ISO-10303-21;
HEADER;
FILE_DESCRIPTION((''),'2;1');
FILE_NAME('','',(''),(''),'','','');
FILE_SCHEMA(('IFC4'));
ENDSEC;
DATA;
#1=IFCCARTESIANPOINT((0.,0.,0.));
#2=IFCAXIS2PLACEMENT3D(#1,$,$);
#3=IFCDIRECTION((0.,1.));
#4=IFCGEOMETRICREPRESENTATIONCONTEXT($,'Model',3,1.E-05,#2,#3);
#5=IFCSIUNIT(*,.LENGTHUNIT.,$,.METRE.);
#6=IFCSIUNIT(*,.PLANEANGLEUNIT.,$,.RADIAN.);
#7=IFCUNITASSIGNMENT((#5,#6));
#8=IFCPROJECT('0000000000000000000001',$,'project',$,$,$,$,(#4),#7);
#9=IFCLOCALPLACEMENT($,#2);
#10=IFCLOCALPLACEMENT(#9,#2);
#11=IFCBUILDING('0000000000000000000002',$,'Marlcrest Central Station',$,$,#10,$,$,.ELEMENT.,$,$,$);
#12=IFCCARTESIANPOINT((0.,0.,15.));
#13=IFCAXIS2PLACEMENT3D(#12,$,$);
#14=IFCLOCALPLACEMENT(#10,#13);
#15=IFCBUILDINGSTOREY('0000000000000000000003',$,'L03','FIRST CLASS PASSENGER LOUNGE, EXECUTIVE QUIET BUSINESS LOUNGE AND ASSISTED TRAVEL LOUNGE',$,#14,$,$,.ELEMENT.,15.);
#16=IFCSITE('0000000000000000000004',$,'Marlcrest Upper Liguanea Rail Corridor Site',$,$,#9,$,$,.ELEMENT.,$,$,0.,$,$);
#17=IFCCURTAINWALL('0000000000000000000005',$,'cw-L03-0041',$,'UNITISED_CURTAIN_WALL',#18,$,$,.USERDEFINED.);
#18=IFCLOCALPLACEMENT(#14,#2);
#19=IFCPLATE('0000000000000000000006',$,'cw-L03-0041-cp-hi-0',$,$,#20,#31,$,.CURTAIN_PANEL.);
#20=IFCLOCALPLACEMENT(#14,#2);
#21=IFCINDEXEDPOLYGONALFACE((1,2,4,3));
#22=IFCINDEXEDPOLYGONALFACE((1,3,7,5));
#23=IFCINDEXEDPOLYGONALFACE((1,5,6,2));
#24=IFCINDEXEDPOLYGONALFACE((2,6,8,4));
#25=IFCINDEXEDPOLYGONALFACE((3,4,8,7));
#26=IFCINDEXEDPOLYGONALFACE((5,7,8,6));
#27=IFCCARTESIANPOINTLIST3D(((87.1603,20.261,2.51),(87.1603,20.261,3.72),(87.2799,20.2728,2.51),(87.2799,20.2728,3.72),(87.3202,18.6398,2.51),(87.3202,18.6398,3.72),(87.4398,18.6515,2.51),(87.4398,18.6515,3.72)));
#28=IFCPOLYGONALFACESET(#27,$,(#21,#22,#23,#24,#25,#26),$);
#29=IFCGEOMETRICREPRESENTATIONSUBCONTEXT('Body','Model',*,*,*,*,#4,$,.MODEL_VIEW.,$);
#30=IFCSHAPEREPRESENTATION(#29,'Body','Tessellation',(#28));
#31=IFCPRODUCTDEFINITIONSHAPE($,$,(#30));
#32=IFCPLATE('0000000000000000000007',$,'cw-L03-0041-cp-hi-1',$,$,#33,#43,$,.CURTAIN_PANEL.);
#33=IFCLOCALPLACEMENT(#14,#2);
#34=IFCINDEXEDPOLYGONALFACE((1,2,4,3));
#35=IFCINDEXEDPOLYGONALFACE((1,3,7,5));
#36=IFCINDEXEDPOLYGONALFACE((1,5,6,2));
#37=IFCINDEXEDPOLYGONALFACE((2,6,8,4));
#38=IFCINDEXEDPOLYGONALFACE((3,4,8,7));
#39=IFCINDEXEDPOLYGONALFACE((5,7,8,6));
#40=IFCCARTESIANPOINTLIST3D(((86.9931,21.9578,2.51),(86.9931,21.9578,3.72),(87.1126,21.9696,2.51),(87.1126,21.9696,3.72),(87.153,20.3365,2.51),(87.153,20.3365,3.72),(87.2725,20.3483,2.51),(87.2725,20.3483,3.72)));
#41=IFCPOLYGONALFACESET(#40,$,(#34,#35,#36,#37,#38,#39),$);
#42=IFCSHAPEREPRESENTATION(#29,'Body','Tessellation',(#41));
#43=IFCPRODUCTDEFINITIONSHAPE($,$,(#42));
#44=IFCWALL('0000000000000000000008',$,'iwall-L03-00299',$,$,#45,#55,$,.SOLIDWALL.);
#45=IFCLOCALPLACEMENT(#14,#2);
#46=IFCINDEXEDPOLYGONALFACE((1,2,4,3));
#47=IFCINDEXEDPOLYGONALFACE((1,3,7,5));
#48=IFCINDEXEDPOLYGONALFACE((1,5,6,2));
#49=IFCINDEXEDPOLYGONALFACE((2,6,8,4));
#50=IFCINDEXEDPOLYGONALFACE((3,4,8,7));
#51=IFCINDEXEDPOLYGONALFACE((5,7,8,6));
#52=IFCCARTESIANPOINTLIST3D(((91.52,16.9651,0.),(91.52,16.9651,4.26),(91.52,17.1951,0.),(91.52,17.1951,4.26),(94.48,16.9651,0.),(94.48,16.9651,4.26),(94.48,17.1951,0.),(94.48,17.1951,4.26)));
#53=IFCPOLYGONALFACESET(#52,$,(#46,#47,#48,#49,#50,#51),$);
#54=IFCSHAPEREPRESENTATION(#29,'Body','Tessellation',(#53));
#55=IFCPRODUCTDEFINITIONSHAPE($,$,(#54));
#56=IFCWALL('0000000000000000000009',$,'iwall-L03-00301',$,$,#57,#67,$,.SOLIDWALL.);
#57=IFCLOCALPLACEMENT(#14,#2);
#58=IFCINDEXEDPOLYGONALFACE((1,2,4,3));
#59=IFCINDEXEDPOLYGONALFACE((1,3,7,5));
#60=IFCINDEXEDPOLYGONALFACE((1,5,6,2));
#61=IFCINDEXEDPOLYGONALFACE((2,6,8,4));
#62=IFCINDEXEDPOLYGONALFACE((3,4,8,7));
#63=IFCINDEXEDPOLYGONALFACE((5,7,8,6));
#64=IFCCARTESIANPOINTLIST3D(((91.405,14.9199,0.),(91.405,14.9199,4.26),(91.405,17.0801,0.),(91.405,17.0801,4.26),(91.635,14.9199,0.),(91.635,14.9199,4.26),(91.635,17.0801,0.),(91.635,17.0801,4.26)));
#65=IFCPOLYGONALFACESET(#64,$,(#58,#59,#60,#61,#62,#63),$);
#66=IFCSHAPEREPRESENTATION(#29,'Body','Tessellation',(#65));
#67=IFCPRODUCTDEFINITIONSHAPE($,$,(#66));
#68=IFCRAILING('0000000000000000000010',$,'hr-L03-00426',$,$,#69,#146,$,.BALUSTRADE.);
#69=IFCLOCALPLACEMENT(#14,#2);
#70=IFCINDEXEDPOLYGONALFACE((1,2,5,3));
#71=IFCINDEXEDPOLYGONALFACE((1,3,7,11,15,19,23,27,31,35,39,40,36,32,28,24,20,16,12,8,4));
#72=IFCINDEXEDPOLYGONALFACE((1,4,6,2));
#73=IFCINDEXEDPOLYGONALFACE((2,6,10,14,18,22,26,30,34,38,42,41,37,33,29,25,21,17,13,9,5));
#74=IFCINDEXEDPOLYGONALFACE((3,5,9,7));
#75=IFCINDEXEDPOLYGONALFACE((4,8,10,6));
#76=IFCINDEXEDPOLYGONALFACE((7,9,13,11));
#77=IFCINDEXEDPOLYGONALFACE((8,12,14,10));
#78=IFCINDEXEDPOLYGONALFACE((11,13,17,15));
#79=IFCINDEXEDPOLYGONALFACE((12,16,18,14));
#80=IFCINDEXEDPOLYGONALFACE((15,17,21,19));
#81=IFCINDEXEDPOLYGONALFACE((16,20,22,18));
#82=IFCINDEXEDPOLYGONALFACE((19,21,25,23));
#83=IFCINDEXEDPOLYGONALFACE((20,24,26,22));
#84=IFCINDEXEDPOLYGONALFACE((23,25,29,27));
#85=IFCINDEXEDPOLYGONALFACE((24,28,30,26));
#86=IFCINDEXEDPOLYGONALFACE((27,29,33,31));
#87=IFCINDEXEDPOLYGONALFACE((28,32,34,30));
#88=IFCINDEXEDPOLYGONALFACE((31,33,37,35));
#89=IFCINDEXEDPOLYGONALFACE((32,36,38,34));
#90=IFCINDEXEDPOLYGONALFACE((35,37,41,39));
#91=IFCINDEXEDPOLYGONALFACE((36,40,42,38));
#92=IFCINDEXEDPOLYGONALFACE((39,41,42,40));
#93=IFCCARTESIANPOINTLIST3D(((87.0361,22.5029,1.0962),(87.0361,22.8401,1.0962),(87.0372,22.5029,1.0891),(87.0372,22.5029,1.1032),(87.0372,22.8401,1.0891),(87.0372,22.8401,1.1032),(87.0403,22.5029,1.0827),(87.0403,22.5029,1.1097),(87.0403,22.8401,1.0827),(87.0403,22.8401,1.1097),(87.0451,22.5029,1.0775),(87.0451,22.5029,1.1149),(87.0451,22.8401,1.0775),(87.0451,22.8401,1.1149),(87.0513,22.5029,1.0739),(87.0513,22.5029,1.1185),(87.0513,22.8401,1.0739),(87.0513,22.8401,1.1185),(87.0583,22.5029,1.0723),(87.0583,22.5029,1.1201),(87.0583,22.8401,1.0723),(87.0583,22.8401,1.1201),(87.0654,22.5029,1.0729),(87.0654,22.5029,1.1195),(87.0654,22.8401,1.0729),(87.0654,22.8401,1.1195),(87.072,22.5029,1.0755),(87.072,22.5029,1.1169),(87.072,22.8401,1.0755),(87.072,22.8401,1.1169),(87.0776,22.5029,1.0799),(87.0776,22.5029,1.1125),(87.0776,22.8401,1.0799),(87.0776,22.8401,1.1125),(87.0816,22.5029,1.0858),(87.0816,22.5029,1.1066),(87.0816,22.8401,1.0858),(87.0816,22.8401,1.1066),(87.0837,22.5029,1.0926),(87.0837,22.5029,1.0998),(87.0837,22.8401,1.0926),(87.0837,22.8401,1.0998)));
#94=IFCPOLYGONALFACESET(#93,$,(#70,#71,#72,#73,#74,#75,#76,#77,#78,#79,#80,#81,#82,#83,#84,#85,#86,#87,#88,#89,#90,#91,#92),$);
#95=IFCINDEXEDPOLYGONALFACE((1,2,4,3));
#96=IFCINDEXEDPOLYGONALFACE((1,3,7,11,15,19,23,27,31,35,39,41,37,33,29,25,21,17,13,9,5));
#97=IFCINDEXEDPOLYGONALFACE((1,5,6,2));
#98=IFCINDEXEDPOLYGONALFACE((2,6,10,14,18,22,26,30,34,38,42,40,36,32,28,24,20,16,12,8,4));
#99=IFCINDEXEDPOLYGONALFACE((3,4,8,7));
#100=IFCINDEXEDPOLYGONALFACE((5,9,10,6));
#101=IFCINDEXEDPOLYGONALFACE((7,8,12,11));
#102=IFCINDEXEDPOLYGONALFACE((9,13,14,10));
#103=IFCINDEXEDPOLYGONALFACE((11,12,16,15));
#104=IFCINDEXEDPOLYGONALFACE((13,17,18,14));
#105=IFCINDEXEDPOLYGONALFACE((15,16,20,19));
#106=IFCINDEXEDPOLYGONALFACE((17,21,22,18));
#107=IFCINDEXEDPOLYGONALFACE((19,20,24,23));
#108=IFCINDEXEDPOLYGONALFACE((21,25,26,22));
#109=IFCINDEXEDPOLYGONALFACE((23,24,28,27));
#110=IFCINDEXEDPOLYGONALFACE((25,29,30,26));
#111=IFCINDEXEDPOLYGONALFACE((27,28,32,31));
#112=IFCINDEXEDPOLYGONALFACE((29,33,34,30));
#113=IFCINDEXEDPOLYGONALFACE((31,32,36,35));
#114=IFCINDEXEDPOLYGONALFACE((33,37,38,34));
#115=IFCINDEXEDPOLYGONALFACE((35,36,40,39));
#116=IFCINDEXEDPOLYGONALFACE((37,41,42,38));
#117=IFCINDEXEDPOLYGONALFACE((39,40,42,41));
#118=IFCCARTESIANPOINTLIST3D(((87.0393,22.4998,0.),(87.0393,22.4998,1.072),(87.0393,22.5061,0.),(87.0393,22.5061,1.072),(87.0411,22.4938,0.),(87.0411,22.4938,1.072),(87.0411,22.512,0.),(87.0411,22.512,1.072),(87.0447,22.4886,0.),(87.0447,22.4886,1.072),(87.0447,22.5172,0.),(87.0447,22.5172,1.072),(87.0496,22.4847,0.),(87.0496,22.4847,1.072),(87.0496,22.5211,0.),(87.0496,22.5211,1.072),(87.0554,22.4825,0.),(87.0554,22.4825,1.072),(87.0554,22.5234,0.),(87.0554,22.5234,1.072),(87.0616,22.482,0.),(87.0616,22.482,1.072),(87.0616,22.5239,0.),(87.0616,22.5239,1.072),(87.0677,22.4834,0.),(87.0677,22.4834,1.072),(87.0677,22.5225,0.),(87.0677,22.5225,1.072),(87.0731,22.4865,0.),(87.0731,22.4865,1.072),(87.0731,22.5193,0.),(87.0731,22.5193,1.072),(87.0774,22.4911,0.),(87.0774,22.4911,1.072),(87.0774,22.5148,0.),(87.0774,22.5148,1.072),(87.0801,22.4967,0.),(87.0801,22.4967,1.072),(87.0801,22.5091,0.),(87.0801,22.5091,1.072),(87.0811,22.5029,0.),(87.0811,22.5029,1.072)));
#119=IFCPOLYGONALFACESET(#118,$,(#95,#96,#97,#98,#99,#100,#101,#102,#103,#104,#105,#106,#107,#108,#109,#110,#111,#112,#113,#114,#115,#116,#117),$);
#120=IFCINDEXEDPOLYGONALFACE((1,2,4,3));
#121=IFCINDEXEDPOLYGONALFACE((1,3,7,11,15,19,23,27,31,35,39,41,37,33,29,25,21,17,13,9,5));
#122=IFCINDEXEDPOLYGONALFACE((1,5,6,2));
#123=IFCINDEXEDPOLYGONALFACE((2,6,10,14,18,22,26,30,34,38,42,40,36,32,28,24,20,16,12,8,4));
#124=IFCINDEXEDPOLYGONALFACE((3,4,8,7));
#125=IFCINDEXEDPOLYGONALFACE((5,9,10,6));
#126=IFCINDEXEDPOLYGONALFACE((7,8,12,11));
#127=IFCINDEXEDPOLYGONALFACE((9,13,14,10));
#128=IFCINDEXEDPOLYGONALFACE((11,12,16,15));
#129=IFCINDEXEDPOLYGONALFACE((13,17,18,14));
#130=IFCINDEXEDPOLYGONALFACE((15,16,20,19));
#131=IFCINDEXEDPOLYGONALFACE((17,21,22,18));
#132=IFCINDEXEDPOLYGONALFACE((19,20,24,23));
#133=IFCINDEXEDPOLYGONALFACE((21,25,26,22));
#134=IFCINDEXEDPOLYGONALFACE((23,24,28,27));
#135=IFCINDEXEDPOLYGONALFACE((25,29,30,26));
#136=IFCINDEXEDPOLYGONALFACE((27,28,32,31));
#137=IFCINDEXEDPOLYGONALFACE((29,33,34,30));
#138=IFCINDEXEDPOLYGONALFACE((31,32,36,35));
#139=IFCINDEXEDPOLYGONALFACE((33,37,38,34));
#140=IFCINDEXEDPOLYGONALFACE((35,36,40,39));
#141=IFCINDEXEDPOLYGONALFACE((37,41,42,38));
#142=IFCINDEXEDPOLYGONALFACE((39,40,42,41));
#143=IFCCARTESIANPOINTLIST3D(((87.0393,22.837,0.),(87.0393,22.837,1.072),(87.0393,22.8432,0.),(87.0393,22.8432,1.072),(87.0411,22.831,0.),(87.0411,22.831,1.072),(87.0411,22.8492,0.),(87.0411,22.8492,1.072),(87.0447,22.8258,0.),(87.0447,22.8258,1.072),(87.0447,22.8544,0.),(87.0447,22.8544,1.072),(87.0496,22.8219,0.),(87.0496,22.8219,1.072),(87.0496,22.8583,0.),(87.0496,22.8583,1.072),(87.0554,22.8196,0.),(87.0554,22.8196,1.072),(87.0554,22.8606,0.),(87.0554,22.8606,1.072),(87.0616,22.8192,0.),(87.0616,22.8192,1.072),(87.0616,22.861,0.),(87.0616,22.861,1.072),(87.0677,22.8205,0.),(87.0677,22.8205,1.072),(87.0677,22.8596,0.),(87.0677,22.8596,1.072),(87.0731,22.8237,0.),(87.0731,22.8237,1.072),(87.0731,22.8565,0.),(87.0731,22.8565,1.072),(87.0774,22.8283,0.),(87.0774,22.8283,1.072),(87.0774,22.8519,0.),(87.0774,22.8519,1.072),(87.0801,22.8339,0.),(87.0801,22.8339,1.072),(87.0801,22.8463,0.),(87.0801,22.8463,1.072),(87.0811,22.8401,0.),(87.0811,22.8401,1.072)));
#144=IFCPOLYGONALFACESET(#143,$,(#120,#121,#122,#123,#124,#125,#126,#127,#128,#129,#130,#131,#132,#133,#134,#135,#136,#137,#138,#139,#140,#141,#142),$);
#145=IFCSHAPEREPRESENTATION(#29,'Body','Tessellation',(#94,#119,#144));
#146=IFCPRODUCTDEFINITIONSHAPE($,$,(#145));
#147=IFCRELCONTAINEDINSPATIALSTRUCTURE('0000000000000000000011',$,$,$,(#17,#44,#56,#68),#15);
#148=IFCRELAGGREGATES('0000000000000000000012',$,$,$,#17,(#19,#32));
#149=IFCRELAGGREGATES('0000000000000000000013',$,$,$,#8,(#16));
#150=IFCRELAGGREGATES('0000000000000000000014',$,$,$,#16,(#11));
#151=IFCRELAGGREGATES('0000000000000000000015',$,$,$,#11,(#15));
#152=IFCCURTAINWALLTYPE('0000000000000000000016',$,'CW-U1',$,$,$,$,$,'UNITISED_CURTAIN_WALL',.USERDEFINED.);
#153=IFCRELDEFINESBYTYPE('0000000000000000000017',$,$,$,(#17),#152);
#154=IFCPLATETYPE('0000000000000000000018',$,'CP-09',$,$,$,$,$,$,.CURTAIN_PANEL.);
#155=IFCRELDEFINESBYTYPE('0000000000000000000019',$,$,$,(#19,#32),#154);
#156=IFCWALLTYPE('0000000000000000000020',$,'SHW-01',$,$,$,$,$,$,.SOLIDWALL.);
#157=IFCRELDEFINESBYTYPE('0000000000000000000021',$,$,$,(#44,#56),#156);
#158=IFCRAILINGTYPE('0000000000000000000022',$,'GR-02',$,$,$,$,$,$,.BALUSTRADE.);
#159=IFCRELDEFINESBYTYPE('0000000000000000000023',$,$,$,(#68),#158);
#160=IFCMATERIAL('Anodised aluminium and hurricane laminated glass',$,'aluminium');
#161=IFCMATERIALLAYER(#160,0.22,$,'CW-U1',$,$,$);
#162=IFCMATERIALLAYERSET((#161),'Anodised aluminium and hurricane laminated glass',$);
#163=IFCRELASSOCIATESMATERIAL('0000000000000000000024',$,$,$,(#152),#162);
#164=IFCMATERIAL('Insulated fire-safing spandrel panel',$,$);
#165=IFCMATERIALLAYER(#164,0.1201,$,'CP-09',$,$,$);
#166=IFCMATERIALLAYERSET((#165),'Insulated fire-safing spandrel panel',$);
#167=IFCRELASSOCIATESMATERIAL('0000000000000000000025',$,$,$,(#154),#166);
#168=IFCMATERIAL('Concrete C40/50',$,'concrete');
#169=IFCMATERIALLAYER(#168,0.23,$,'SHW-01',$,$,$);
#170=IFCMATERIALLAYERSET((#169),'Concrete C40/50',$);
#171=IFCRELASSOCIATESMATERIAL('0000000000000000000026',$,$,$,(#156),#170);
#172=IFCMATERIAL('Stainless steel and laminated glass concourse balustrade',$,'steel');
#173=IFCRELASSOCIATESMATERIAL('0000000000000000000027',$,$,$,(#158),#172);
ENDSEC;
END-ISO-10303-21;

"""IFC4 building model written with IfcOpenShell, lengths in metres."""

from ifc_helpers import new_model, si_unit, direction, frame, frame_2d, origin, origin_2d, place, context, subcontext, project, spatial, rectangle, circle, extrude, material, layer, layer_set, type_object, element, aggregate, save


model = new_model("IFC4")

# Units and contexts
model_context = context("Model", 3, precision=1e-05, world=origin(), true_north=direction((0.0, 1.0)))
body_context = subcontext(model_context, "Body", "Model", "MODEL_VIEW")
ifc_project = project(units=[si_unit("LENGTHUNIT", "METRE"), si_unit("PLANEANGLEUNIT", "RADIAN")], contexts=[model_context])

# Site, building, storey
site_placement = place(None, origin())
site = spatial("IfcSite", under=ifc_project, at=site_placement, Name="Marlcrest Upper Liguanea Rail Corridor Site", CompositionType="ELEMENT", RefElevation=0.0)
building_placement = place(site_placement, origin())
building = spatial("IfcBuilding", under=site, at=building_placement, Name="Marlcrest Central Station", CompositionType="ELEMENT")
storey_placement = place(building_placement, frame((0.0, 0.0, 15.0)))
storey = spatial("IfcBuildingStorey", under=building, at=storey_placement, Name="L03", Description="FIRST CLASS PASSENGER LOUNGE, EXECUTIVE QUIET BUSINESS LOUNGE AND ASSISTED TRAVEL LOUNGE", CompositionType="ELEMENT", Elevation=15.0)

# Curtain wall
ifc_material_1 = material(Name="Anodised aluminium and hurricane laminated glass", Category="aluminium")
ifc_layer_1 = layer(ifc_material_1, 0.22, Name="CW-U1")
ifc_layer_set_1 = layer_set([ifc_layer_1], Name="Anodised aluminium and hurricane laminated glass")
curtain_wall_type = type_object("IfcCurtainWallType", Name="CW-U1", ElementType="UNITISED_CURTAIN_WALL", PredefinedType="USERDEFINED", material=ifc_layer_set_1)
curtain_wall_1_placement = place(storey_placement, origin())
curtain_wall_1 = element("IfcCurtainWall", 1, at=curtain_wall_1_placement, inside=storey, type_object=curtain_wall_type, Name="cw-L03-0041", ObjectType="UNITISED_CURTAIN_WALL", PredefinedType="USERDEFINED")

# Plates
ifc_material_2 = material(Name="Insulated fire-safing spandrel panel")
ifc_layer_2 = layer(ifc_material_2, 0.1201, Name="CP-09")
ifc_layer_set_2 = layer_set([ifc_layer_2], Name="Insulated fire-safing spandrel panel")
plate_type_1 = type_object("IfcPlateType", Name="CP-09", PredefinedType="CURTAIN_PANEL", material=ifc_layer_set_2)
plate_1_placement = place(storey_placement, frame((87.3, 19.4563, 2.51), z_axis=(0.0, 0.0, 1.0), x_axis=(-0.098139, 0.995173, 0.0)))
plate_1 = element("IfcPlate", 2, at=plate_1_placement, type_object=plate_type_1, Name="cw-L03-0041-cp-hi-0", PredefinedType="CURTAIN_PANEL", context=body_context, shape_type="SweptSolid", body=[
    extrude(rectangle(XDim=1.6292, YDim=0.1201, at=origin_2d()), origin(), (0.0, 0.0, 1.0), 1.21),
])
plate_2_placement = place(storey_placement, frame((87.1328, 21.1531, 2.51), z_axis=(0.0, 0.0, 1.0), x_axis=(-0.098139, 0.995173, 0.0)))
plate_2 = element("IfcPlate", 3, at=plate_2_placement, type_object=plate_type_1, Name="cw-L03-0041-cp-hi-1", PredefinedType="CURTAIN_PANEL", context=body_context, shape_type="SweptSolid", body=[
    extrude(rectangle(XDim=1.6292, YDim=0.1201, at=origin_2d()), origin(), (0.0, 0.0, 1.0), 1.21),
])
aggregate(curtain_wall_1, [plate_1, plate_2])

# Walls
ifc_material_3 = material(Name="Concrete C40/50", Category="concrete")
ifc_layer_3 = layer(ifc_material_3, 0.23, Name="SHW-01")
ifc_layer_set_3 = layer_set([ifc_layer_3], Name="Concrete C40/50")
wall_type = type_object("IfcWallType", Name="SHW-01", PredefinedType="SOLIDWALL", material=ifc_layer_set_3)
wall_1_placement = place(storey_placement, frame((91.52, 17.0801, 0.0), z_axis=(0.0, 0.0, 1.0), x_axis=(1.0, 0.0, 0.0)))
element("IfcWall", 4, at=wall_1_placement, inside=storey, type_object=wall_type, Name="iwall-L03-00299", PredefinedType="SOLIDWALL", context=body_context, shape_type="SweptSolid", body=[
    extrude(rectangle(XDim=2.96, YDim=0.23, at=frame_2d((1.48, 0.0))), origin(), (0.0, 0.0, 1.0), 4.26),
])
wall_2_placement = place(storey_placement, frame((91.52, 14.9199, 0.0), z_axis=(0.0, 0.0, 1.0), x_axis=(0.0, 1.0, 0.0)))
element("IfcWall", 5, at=wall_2_placement, inside=storey, type_object=wall_type, Name="iwall-L03-00301", PredefinedType="SOLIDWALL", context=body_context, shape_type="SweptSolid", body=[
    extrude(rectangle(XDim=2.1602, YDim=0.23, at=frame_2d((1.0801, 0.0))), origin(), (0.0, 0.0, 1.0), 4.26),
])

# Railing
ifc_material_4 = material(Name="Stainless steel and laminated glass concourse balustrade", Category="steel")
railing_type = type_object("IfcRailingType", Name="GR-02", PredefinedType="BALUSTRADE", material=ifc_material_4)
railing_1_placement = place(storey_placement, frame((87.0601, 22.5029, 0.0)))
element("IfcRailing", 6, at=railing_1_placement, inside=storey, type_object=railing_type, Name="hr-L03-00426", PredefinedType="BALUSTRADE", context=body_context, shape_type="SweptSolid", body=[
    extrude(circle(Radius=0.0239, at=origin_2d()), frame((0.0, 0.0, 1.0962), z_axis=(0.0, 1.0, 0.0), x_axis=(-1.0, 0.0, 0.0)), (0.0, 0.0, 1.0), 0.3372),
    extrude(circle(Radius=0.021, at=origin_2d()), origin(), (0.0, 0.0, 1.0), 1.072),
    extrude(circle(Radius=0.021, at=origin_2d()), frame((0.0, 0.3372, 0.0)), (0.0, 0.0, 1.0), 1.072),
])

save(model, "model.ifc")
